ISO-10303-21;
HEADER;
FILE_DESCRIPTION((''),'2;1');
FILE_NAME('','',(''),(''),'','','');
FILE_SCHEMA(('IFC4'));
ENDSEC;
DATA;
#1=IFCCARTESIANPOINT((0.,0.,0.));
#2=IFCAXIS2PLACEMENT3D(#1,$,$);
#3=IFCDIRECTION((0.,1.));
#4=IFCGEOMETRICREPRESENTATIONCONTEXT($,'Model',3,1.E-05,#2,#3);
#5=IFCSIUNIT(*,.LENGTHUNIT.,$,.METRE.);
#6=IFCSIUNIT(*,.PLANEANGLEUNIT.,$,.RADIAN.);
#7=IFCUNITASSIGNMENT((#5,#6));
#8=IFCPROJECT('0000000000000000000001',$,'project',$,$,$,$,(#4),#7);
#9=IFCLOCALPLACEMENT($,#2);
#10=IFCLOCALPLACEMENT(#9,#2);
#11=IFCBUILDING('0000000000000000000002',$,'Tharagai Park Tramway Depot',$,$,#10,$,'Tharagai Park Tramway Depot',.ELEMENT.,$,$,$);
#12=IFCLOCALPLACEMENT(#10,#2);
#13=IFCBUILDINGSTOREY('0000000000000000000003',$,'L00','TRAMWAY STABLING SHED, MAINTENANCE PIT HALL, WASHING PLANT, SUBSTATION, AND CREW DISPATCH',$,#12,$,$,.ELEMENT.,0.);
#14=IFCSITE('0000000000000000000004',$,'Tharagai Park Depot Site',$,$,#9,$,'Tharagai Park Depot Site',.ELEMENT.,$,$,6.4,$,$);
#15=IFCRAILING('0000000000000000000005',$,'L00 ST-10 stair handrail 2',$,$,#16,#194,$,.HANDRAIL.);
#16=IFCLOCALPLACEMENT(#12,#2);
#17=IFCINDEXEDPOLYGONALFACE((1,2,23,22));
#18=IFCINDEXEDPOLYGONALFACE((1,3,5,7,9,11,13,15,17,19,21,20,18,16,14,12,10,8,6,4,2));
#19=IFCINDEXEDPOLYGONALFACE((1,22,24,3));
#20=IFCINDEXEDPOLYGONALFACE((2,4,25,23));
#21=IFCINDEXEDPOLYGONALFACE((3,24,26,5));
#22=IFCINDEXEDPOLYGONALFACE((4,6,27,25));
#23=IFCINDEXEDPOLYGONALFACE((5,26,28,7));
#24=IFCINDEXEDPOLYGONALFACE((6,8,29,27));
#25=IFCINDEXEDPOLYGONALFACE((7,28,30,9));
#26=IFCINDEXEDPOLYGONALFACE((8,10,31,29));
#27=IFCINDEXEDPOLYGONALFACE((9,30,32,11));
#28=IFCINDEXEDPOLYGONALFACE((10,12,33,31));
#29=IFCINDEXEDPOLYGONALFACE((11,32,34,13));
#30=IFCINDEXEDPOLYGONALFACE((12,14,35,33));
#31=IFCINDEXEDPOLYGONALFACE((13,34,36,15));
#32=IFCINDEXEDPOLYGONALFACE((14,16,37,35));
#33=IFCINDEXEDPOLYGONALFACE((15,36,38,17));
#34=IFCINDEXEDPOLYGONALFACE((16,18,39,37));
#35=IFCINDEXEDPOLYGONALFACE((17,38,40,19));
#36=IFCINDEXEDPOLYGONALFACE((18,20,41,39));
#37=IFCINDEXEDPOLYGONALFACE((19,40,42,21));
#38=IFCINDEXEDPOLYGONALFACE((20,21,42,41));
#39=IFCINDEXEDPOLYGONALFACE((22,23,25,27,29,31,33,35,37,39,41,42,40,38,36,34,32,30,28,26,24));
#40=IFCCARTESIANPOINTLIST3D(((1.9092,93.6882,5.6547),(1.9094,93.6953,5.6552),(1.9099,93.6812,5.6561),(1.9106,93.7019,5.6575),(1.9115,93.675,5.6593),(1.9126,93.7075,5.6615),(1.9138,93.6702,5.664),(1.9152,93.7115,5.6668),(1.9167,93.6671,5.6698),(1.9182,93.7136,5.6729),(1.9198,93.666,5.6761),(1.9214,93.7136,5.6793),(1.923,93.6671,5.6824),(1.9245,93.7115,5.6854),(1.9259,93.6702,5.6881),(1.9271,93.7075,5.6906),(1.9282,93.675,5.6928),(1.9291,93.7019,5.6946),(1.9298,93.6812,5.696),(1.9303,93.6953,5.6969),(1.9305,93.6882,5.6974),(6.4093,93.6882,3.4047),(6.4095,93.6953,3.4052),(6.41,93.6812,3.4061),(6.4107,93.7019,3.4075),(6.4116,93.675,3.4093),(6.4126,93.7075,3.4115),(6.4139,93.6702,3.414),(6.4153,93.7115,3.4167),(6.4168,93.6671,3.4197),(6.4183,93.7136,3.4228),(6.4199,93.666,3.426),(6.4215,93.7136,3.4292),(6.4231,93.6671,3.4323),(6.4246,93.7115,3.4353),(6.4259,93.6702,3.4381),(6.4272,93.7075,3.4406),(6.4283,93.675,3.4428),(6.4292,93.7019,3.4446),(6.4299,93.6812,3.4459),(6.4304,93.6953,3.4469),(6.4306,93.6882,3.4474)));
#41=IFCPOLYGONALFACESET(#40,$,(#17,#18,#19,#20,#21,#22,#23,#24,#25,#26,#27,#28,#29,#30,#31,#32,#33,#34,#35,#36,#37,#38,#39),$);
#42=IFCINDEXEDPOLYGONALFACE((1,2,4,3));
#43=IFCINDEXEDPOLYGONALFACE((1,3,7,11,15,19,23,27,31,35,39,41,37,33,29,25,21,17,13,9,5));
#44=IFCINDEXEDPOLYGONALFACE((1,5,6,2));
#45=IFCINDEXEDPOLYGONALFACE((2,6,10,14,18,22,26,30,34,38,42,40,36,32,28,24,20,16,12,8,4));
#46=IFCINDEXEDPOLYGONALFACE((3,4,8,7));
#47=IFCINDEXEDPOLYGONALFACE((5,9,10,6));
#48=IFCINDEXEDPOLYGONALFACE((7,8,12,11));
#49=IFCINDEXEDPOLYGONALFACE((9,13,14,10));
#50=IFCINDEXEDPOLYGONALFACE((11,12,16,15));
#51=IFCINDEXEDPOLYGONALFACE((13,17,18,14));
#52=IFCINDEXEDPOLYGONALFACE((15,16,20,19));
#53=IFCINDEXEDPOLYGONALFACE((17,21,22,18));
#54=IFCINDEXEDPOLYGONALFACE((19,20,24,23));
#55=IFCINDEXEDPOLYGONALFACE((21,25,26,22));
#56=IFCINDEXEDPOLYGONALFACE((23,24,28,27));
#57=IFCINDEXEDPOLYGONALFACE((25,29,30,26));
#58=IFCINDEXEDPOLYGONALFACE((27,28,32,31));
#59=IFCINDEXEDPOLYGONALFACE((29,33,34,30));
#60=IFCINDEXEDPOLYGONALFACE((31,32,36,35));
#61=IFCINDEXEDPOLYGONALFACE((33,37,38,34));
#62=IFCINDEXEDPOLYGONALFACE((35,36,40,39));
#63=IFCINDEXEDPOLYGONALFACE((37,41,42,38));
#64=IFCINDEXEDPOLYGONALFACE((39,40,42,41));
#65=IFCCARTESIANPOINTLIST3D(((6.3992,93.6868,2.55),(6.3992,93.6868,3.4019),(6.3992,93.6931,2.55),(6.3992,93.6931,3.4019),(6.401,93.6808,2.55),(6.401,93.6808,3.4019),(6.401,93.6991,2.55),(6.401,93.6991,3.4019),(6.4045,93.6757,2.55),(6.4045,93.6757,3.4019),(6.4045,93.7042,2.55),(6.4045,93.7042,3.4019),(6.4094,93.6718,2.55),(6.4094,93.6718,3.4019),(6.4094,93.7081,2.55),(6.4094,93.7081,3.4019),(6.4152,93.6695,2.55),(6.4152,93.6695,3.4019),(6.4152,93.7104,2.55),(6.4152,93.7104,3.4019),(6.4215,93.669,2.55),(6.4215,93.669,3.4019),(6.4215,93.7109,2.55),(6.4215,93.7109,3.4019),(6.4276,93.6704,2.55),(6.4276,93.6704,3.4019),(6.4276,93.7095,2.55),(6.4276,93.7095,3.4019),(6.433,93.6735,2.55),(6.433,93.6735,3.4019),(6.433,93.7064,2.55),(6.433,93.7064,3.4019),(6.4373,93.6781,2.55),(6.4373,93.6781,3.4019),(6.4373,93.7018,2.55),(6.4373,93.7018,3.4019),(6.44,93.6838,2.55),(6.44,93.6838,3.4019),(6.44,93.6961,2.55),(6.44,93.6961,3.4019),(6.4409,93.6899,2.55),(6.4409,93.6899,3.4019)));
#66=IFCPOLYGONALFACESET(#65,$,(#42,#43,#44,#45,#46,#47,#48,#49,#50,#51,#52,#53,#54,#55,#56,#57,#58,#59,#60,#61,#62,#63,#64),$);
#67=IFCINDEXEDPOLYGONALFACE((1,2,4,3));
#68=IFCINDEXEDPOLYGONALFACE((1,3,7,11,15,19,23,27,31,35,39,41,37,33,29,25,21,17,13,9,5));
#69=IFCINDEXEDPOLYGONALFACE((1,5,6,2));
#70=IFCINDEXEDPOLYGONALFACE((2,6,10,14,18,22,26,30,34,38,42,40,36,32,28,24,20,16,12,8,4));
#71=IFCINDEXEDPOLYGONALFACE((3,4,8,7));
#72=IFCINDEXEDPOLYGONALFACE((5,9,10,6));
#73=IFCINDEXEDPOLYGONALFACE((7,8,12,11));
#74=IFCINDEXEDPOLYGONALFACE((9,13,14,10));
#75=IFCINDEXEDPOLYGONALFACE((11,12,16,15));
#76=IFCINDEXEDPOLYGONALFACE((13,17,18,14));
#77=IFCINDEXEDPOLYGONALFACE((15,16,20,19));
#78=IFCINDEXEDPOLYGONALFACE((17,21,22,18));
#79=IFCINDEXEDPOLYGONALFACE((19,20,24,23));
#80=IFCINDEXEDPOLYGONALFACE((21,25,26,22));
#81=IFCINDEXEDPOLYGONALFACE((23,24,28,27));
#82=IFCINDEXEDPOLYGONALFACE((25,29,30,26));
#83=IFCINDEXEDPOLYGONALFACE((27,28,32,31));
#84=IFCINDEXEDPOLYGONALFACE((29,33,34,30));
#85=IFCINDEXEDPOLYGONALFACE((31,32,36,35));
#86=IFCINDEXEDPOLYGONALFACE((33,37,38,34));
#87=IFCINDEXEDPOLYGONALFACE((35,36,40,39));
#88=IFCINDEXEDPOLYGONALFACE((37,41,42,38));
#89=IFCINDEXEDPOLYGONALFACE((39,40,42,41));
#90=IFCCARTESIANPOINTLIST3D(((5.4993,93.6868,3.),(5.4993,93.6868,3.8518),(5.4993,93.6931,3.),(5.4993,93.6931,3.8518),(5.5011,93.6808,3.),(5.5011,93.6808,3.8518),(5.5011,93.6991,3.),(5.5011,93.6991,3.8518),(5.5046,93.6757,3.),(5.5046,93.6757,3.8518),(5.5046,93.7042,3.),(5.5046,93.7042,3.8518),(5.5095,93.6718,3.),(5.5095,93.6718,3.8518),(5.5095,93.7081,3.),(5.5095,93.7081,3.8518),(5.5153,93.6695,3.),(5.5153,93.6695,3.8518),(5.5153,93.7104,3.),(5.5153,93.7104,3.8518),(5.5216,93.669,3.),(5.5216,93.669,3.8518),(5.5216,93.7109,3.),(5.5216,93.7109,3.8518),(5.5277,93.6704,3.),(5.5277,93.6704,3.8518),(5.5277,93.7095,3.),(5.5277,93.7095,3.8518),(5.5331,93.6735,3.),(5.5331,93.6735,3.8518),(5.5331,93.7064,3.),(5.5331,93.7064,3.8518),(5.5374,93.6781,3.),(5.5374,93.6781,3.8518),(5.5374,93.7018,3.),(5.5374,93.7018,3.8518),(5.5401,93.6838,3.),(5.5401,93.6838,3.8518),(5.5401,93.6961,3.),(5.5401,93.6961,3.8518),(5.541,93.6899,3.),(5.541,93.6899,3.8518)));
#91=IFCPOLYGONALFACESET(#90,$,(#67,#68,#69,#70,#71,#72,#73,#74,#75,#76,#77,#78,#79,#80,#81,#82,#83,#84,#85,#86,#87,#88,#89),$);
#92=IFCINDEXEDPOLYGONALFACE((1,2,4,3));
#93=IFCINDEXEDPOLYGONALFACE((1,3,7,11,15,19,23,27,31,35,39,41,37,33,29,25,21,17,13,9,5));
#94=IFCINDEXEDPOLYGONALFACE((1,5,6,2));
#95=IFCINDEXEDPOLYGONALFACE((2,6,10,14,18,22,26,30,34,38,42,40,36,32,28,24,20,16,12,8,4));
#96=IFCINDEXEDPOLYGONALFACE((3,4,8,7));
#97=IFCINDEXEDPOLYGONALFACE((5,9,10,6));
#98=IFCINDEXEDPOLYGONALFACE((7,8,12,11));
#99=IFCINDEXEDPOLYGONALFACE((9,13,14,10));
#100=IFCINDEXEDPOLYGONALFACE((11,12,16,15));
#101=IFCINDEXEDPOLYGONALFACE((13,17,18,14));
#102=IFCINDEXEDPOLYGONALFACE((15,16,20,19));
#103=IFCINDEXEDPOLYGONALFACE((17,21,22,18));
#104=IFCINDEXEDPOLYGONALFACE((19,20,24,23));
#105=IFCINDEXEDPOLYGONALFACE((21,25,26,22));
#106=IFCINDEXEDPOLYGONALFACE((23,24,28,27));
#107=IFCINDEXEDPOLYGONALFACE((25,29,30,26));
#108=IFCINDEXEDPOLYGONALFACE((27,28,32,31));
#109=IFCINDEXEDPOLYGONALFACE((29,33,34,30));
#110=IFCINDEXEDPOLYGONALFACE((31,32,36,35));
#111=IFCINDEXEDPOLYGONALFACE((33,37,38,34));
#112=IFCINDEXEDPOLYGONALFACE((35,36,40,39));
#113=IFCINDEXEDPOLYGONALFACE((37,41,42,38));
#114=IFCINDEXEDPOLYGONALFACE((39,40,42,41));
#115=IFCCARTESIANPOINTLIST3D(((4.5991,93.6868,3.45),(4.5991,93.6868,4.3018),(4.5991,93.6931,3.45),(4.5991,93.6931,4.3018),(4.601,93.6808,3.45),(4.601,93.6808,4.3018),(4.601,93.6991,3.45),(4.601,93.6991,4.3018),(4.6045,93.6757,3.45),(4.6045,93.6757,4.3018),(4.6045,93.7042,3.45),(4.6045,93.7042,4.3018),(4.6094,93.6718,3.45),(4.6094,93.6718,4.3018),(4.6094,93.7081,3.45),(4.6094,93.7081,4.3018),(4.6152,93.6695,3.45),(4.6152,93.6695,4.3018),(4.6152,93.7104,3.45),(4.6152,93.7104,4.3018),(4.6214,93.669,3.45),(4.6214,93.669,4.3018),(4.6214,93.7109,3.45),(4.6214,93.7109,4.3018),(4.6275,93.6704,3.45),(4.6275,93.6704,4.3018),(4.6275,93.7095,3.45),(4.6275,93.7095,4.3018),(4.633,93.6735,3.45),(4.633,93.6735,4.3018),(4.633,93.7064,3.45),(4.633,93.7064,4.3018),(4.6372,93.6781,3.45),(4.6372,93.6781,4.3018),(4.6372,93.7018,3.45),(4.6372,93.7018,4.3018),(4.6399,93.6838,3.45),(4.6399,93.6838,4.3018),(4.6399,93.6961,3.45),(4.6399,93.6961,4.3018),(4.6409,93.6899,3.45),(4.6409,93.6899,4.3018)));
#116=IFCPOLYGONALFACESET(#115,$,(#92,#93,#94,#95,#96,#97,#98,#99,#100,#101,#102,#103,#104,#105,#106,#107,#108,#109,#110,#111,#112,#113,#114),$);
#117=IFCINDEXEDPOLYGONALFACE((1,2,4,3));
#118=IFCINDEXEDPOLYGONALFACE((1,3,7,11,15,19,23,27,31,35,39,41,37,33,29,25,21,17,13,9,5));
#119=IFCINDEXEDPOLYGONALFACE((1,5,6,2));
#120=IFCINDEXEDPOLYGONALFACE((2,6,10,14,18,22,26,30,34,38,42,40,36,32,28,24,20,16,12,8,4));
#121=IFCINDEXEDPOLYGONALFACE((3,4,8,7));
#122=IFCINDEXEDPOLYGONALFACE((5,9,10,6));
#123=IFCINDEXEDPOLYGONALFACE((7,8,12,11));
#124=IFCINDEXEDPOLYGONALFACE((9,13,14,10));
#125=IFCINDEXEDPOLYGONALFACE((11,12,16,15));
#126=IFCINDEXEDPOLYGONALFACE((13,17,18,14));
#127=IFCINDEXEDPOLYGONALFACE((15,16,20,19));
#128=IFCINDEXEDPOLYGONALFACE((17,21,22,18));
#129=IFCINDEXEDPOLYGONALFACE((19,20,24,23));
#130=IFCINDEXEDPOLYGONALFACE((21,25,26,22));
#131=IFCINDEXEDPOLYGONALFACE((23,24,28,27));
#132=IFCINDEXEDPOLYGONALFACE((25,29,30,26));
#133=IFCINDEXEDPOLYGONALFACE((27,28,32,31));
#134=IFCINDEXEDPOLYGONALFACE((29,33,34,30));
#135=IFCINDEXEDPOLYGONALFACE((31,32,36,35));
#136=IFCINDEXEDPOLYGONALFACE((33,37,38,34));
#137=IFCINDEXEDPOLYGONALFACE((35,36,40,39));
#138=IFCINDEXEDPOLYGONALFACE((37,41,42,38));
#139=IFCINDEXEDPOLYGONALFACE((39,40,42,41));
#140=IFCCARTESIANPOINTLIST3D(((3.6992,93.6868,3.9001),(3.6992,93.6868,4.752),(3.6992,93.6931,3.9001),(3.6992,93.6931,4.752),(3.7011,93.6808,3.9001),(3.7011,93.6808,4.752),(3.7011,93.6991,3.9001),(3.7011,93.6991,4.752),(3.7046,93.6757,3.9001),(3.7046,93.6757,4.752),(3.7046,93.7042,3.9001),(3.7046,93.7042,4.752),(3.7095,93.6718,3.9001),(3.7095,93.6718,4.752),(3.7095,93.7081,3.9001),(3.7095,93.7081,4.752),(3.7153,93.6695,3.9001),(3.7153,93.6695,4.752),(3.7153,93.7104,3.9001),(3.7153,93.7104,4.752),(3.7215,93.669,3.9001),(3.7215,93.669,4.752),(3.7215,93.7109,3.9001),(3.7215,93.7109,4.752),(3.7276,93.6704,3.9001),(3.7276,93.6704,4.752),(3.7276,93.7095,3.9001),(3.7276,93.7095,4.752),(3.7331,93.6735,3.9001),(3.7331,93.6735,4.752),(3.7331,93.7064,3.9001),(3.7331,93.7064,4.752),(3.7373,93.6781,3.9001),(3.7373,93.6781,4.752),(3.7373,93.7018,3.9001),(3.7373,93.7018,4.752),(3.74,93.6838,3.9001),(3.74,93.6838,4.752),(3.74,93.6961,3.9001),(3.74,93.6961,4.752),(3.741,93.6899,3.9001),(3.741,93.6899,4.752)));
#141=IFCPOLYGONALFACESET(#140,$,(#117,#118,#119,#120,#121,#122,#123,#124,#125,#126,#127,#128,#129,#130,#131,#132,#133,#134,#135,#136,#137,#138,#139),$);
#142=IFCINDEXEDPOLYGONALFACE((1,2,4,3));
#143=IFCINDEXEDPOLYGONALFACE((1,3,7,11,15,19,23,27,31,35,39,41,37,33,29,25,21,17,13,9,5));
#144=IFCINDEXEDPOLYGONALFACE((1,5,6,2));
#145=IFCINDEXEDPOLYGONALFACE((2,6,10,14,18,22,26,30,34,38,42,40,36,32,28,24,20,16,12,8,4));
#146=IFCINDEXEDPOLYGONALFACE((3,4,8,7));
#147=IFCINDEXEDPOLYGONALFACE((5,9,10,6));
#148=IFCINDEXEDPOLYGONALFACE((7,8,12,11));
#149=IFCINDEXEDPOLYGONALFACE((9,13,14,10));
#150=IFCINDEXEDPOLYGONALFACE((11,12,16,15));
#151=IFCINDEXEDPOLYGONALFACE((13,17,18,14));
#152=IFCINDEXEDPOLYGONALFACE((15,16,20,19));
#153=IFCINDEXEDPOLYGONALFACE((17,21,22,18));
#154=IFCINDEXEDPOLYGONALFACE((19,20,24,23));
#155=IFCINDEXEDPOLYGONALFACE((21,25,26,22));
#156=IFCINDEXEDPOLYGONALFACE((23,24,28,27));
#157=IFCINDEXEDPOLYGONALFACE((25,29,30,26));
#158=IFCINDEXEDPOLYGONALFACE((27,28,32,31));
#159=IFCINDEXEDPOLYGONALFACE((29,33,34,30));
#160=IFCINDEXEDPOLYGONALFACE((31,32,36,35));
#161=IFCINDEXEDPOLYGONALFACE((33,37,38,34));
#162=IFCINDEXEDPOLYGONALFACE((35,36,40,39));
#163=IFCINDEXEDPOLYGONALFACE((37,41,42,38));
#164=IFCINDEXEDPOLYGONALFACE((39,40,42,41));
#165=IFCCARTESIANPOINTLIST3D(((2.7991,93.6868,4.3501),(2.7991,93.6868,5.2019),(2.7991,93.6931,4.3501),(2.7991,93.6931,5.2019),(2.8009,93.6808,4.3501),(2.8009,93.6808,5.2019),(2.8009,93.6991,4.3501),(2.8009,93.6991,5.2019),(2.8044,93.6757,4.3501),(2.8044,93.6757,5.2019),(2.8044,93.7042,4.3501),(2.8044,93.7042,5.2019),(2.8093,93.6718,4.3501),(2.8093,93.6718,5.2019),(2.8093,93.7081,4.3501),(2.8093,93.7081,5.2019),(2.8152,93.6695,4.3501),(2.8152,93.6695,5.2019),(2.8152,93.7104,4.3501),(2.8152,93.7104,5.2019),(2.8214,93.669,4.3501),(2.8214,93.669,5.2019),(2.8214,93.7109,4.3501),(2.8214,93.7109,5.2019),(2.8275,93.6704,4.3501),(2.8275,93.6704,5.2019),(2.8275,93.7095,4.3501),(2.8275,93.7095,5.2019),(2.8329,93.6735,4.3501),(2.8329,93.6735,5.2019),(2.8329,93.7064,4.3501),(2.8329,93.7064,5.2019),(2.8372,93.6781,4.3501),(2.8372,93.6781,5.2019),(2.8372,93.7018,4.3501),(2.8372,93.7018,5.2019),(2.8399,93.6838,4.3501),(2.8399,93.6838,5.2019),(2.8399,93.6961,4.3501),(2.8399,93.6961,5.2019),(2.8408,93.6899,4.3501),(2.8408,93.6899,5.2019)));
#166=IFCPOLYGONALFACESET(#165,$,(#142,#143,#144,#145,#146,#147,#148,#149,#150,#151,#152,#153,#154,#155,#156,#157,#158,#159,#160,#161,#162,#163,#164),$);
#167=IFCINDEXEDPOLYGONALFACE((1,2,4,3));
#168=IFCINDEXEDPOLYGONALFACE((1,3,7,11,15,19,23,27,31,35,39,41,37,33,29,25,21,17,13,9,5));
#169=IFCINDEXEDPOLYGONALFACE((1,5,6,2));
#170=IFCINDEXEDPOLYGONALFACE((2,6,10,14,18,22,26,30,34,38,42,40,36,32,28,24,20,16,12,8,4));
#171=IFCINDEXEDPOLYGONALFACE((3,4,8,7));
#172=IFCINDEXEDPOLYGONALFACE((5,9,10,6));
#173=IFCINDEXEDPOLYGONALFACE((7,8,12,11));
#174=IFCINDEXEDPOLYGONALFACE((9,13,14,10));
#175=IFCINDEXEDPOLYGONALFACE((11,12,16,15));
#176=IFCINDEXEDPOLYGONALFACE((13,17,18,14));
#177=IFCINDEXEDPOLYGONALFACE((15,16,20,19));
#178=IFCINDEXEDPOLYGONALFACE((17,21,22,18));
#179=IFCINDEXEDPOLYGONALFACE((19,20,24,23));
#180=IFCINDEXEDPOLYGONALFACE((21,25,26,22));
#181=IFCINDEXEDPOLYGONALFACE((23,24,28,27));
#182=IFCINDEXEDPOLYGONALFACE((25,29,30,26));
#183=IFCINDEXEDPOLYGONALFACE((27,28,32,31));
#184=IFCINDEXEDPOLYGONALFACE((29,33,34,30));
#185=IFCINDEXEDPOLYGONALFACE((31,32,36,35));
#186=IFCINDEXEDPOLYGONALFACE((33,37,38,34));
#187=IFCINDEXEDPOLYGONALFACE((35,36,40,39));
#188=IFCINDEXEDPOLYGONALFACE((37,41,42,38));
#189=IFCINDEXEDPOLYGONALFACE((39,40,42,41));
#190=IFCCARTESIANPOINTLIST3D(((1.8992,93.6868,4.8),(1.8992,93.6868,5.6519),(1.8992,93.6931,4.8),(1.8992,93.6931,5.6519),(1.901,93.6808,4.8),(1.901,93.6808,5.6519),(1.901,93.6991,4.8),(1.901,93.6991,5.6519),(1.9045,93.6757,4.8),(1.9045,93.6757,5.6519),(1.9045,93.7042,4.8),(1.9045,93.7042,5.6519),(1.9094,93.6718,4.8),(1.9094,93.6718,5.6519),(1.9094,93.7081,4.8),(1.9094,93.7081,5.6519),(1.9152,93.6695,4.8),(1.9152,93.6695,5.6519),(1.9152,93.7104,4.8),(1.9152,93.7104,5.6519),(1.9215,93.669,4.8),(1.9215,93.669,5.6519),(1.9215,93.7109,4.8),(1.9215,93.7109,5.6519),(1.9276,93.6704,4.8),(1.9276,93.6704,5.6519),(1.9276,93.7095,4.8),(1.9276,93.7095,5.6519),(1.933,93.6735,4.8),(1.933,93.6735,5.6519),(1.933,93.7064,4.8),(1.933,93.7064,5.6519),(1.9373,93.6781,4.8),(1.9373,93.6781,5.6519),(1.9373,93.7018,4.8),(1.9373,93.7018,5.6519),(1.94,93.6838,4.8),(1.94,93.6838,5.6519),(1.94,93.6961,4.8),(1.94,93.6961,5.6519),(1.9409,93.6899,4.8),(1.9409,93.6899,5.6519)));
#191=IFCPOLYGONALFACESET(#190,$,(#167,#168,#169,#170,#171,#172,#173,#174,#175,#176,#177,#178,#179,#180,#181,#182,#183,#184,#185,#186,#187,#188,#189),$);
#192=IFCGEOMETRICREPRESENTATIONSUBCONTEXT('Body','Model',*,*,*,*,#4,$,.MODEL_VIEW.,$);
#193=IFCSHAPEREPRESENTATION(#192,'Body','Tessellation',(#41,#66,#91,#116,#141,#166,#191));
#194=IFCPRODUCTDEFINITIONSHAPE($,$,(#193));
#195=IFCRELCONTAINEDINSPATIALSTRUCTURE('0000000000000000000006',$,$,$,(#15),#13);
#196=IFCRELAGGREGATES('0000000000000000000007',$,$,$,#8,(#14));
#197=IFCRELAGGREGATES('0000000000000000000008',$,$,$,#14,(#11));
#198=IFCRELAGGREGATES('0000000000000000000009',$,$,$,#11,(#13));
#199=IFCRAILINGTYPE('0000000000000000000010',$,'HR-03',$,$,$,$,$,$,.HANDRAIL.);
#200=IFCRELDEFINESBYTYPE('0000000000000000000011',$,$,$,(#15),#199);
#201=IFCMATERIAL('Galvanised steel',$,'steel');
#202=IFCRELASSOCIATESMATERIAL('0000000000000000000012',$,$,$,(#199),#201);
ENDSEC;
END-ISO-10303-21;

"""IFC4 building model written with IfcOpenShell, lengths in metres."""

from ifc_helpers import new_model, si_unit, direction, frame, origin, origin_2d, place, context, subcontext, project, spatial, circle, extrude, material, type_object, element, save


model = new_model("IFC4")

# Units and contexts
model_context = context("Model", 3, precision=1e-05, world=origin(), true_north=direction((0.0, 1.0)))
body_context = subcontext(model_context, "Body", "Model", "MODEL_VIEW")
ifc_project = project(units=[si_unit("LENGTHUNIT", "METRE"), si_unit("PLANEANGLEUNIT", "RADIAN")], contexts=[model_context])

# Site, building, storey
site_placement = place(None, origin())
site = spatial("IfcSite", under=ifc_project, at=site_placement, Name="Tharagai Park Depot Site", LongName="Tharagai Park Depot Site", CompositionType="ELEMENT", RefElevation=6.4)
building_placement = place(site_placement, origin())
building = spatial("IfcBuilding", under=site, at=building_placement, Name="Tharagai Park Tramway Depot", LongName="Tharagai Park Tramway Depot", CompositionType="ELEMENT")
storey_placement = place(building_placement, origin())
storey = spatial("IfcBuildingStorey", under=building, at=storey_placement, Name="L00", Description="TRAMWAY STABLING SHED, MAINTENANCE PIT HALL, WASHING PLANT, SUBSTATION, AND CREW DISPATCH", CompositionType="ELEMENT", Elevation=0.0)

# Shared definitions
ifc_material_1 = material(Name="Galvanised steel", Category="steel")

# Railing
railing_type_1 = type_object("IfcRailingType", Name="HR-03", PredefinedType="HANDRAIL", material=ifc_material_1)
railing_1_placement = place(storey_placement, frame((6.4199, 93.6899, 2.55)))
element("IfcRailing", 1, at=railing_1_placement, inside=storey, type_object=railing_type_1, Name="L00 ST-10 stair handrail 2", PredefinedType="HANDRAIL", context=body_context, shape_type="SweptSolid", body=[
    extrude(circle(Radius=0.0239, at=origin_2d()), frame((0.0, 0.0, 0.876), z_axis=(-0.894427, 0.0, 0.447214), x_axis=(0.0, -1.0, 0.0)), (0.0, 0.0, 1.0), 5.0312),
    extrude(circle(Radius=0.021, at=origin_2d()), origin(), (0.0, 0.0, 1.0), 0.8518),
    extrude(circle(Radius=0.021, at=origin_2d()), frame((-0.8999, 0.0, 0.45)), (0.0, 0.0, 1.0), 0.8518),
    extrude(circle(Radius=0.021, at=origin_2d()), frame((-1.8, 0.0, 0.8999)), (0.0, 0.0, 1.0), 0.8518),
    extrude(circle(Radius=0.021, at=origin_2d()), frame((-2.7, 0.0, 1.3501)), (0.0, 0.0, 1.0), 0.8518),
    extrude(circle(Radius=0.021, at=origin_2d()), frame((-3.6001, 0.0, 1.8)), (0.0, 0.0, 1.0), 0.8518),
    extrude(circle(Radius=0.021, at=origin_2d()), frame((-4.5, 0.0, 2.25)), (0.0, 0.0, 1.0), 0.8518),
])

save(model, "model.ifc")
